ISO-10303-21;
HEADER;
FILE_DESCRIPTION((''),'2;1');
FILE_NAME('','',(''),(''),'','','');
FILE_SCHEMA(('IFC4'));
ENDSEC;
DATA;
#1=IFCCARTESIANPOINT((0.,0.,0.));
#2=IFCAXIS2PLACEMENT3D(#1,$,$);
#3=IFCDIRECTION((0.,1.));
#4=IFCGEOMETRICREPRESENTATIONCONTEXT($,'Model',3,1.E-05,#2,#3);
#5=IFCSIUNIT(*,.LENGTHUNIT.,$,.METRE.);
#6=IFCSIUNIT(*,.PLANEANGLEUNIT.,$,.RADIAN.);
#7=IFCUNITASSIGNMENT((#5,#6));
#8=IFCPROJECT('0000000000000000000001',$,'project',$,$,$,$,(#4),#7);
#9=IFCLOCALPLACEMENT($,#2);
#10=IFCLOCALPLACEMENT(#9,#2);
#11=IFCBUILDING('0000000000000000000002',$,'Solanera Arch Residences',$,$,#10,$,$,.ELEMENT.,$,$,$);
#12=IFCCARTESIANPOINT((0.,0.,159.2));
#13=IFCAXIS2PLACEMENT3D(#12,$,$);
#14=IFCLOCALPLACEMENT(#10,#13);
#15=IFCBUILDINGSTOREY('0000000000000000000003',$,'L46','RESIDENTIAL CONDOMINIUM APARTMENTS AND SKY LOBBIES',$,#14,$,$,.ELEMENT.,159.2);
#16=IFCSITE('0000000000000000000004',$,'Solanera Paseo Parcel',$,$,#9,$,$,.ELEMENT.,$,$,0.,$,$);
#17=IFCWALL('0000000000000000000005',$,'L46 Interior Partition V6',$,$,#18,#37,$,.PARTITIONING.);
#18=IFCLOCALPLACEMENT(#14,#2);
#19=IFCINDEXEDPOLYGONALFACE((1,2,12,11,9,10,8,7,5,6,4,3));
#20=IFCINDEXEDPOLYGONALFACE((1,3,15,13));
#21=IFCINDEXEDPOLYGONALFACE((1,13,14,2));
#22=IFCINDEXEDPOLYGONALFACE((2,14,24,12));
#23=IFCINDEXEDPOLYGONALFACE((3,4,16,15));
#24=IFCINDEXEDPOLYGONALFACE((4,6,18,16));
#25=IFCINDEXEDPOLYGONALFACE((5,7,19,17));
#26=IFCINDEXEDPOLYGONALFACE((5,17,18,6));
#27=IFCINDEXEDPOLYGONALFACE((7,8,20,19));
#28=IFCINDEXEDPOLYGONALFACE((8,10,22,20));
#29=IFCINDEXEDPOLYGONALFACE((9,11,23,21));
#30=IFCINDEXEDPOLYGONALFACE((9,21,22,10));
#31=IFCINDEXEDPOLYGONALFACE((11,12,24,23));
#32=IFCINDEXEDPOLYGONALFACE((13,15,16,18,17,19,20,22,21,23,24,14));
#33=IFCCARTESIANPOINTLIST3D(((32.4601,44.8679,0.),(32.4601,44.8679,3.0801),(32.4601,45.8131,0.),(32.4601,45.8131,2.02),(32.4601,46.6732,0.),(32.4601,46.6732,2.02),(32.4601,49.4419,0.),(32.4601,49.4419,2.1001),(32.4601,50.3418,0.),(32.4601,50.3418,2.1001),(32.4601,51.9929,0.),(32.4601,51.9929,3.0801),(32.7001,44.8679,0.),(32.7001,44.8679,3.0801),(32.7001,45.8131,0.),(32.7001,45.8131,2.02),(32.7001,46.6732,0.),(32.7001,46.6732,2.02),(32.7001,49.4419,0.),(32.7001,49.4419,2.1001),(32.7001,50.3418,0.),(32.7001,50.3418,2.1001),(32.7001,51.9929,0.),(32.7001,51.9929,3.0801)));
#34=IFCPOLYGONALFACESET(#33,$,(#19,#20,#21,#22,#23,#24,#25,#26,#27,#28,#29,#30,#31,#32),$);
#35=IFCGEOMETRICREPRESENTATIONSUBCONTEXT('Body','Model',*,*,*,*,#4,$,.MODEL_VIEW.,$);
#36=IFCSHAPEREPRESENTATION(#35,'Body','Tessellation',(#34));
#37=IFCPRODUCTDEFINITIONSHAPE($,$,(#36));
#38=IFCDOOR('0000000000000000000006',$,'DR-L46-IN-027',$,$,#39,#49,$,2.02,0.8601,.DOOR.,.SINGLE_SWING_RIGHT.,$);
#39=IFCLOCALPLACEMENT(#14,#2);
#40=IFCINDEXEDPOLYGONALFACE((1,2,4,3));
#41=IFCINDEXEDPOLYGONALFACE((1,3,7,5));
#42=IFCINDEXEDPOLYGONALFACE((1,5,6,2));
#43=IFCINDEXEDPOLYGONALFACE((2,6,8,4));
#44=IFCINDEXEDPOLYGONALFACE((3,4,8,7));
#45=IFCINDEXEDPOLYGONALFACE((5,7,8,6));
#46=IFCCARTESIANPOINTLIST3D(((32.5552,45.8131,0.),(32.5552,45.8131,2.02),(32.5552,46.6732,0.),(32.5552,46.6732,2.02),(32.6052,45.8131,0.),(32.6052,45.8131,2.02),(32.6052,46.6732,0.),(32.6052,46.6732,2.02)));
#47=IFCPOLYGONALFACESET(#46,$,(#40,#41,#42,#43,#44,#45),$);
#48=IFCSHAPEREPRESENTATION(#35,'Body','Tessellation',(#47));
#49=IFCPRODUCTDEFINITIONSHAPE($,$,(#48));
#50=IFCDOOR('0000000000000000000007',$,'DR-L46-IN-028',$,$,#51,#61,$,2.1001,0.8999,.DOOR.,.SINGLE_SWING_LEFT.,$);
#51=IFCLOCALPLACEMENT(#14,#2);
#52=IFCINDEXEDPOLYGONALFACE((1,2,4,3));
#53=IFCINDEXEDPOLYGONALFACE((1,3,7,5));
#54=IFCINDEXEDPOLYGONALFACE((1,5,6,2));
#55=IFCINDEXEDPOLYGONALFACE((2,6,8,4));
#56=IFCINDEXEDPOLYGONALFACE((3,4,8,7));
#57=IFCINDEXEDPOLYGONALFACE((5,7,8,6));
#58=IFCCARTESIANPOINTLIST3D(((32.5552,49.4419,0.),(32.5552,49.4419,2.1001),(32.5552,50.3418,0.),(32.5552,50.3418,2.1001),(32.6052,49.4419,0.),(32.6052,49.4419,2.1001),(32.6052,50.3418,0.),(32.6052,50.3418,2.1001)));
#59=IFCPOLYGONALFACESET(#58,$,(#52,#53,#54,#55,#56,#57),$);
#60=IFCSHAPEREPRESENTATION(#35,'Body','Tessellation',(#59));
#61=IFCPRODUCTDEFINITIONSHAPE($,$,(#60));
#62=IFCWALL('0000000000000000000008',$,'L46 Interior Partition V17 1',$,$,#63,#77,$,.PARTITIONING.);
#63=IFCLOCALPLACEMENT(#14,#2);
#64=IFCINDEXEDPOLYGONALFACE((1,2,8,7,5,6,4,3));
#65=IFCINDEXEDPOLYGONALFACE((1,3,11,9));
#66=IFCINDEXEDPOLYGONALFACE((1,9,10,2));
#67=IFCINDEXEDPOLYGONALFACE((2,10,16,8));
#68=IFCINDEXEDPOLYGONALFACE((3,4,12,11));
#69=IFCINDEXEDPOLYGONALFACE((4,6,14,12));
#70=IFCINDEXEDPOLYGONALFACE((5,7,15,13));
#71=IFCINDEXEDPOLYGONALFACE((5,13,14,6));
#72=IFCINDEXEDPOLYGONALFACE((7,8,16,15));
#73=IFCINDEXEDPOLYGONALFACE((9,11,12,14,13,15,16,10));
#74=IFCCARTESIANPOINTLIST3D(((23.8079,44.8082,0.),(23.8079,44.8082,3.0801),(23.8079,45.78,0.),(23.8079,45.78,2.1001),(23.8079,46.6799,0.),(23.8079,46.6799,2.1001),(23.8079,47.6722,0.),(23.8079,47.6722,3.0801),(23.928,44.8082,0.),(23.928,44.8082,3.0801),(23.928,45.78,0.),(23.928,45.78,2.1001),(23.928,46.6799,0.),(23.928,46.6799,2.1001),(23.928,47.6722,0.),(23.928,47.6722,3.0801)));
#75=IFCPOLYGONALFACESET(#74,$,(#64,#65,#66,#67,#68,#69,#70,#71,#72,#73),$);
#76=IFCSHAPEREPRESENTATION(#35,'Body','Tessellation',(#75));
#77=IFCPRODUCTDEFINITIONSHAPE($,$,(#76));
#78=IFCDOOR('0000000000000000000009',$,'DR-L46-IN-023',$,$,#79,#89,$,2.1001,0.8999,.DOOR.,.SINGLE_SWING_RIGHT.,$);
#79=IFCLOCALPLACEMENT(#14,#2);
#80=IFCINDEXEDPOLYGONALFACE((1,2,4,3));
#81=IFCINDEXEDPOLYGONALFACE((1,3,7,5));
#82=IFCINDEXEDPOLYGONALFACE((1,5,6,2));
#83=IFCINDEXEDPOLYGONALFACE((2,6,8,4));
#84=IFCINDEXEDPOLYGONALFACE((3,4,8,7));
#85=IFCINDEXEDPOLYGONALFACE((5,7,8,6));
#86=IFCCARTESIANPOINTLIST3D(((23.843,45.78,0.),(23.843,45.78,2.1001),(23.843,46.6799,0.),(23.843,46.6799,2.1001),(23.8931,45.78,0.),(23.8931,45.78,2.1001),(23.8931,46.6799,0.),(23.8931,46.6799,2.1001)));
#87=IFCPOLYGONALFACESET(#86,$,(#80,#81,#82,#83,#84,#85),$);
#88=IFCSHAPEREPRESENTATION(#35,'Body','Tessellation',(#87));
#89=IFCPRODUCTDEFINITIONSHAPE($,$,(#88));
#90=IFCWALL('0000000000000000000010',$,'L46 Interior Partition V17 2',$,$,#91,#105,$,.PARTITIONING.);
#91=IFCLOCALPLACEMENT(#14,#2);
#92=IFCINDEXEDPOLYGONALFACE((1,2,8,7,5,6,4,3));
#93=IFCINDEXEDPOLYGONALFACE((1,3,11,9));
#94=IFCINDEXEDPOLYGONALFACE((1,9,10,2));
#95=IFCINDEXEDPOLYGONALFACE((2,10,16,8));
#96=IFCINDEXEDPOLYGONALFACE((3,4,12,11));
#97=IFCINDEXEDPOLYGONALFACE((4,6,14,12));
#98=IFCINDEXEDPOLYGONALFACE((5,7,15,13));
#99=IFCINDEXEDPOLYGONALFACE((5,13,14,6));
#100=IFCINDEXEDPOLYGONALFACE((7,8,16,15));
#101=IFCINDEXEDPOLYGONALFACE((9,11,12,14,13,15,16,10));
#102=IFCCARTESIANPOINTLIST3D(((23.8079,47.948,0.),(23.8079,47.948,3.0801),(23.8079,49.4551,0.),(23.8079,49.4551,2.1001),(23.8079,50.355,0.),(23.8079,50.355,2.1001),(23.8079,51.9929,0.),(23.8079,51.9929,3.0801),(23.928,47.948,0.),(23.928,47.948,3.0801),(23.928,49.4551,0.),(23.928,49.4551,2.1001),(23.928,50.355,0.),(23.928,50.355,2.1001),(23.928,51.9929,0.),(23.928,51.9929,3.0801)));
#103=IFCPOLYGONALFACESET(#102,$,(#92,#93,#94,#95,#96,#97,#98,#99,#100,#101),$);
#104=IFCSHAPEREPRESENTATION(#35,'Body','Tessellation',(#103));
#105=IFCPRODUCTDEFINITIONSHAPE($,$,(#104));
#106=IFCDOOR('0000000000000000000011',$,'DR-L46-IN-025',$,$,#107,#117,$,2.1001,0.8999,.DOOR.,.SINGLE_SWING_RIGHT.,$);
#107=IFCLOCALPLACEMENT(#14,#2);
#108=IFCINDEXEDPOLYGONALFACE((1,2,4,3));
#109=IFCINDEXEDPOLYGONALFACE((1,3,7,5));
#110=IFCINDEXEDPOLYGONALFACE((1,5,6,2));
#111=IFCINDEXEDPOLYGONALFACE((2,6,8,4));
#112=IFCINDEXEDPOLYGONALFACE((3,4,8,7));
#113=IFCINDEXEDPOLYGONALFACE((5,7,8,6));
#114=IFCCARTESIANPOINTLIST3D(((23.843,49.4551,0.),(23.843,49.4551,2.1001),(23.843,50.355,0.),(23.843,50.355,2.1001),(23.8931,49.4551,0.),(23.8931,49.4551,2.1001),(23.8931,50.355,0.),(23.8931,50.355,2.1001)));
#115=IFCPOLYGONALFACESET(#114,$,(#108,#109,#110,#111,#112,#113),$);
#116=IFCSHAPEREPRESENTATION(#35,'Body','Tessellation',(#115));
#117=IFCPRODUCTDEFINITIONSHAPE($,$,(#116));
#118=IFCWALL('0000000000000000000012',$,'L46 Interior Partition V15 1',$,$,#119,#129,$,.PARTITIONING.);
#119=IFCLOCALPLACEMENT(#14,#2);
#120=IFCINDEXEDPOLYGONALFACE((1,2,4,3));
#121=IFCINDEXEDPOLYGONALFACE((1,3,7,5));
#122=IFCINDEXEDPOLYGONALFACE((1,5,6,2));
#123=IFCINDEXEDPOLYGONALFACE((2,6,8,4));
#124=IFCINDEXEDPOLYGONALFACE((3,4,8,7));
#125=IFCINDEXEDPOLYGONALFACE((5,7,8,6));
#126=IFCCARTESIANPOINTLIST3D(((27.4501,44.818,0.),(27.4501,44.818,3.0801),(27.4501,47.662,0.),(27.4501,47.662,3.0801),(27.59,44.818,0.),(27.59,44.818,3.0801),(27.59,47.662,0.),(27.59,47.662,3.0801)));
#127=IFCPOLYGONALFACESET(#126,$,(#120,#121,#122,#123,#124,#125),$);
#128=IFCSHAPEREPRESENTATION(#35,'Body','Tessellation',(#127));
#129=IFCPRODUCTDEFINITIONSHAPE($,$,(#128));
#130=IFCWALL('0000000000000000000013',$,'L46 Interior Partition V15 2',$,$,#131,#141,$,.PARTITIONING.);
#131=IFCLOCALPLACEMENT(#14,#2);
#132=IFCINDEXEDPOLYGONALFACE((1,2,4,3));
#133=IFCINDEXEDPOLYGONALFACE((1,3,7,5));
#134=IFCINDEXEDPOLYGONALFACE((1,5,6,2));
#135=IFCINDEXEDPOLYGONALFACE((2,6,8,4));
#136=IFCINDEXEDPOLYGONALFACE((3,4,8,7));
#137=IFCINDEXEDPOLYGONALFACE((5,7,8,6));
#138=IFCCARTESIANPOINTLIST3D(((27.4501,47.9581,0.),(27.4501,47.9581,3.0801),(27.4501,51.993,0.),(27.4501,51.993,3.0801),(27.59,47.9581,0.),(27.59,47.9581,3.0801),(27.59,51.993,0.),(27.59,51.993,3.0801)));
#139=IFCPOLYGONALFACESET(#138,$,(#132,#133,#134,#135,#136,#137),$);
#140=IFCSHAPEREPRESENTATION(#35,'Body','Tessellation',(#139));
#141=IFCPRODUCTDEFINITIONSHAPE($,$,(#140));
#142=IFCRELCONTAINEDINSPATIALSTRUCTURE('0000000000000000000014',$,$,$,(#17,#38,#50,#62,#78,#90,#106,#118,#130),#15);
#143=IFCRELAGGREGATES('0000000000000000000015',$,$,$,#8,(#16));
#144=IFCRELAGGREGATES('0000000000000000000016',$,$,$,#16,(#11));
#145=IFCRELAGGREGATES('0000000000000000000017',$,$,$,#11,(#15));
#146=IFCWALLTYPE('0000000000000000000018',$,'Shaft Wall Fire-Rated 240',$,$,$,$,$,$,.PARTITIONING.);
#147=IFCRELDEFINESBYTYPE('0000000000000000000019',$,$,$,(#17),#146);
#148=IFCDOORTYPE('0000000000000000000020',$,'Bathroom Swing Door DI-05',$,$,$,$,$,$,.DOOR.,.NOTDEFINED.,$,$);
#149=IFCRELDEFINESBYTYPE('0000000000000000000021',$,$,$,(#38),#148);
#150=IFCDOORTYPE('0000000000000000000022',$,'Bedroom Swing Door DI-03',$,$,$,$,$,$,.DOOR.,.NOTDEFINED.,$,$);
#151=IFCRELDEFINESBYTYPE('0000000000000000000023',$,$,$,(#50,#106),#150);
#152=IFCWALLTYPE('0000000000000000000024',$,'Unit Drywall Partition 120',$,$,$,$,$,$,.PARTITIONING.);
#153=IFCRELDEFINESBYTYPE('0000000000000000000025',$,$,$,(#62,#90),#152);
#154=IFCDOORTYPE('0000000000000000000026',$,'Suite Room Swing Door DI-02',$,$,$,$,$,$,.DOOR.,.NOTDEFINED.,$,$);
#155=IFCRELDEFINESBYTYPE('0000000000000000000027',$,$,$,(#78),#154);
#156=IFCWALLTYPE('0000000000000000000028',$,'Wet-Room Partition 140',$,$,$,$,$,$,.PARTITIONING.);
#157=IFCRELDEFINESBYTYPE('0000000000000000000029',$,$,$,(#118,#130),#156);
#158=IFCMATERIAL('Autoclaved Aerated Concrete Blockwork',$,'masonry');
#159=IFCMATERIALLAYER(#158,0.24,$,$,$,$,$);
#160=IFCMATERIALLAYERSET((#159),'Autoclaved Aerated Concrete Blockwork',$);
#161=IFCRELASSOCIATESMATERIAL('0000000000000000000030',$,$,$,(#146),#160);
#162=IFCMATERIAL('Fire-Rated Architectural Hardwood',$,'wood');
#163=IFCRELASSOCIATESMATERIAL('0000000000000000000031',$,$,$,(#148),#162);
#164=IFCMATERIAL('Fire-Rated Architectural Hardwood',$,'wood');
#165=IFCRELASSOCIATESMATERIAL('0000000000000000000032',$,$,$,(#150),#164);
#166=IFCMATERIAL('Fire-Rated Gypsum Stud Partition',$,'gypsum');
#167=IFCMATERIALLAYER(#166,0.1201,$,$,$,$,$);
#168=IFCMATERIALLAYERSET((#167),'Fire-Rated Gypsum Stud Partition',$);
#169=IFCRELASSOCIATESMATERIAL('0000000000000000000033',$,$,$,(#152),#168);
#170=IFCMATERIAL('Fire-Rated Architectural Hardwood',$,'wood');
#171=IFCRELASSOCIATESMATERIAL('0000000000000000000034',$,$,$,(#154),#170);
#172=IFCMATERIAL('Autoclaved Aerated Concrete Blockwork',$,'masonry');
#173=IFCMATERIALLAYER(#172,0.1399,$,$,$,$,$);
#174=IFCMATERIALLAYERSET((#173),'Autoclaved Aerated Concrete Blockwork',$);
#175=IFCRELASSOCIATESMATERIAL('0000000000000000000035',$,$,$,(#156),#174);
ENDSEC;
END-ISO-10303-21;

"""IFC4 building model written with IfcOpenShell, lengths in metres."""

from ifc_helpers import new_model, si_unit, direction, frame, frame_2d, origin, place, context, subcontext, project, spatial, rectangle, extrude, material, layer, layer_set, type_object, element, fill, save


model = new_model("IFC4")

# Units and contexts
model_context = context("Model", 3, precision=1e-05, world=origin(), true_north=direction((0.0, 1.0)))
body_context = subcontext(model_context, "Body", "Model", "MODEL_VIEW")
ifc_project = project(units=[si_unit("LENGTHUNIT", "METRE"), si_unit("PLANEANGLEUNIT", "RADIAN")], contexts=[model_context])

# Site, building, storey
site_placement = place(None, origin())
site = spatial("IfcSite", under=ifc_project, at=site_placement, Name="Solanera Paseo Parcel", CompositionType="ELEMENT", RefElevation=0.0)
building_placement = place(site_placement, origin())
building = spatial("IfcBuilding", under=site, at=building_placement, Name="Solanera Arch Residences", CompositionType="ELEMENT")
storey_placement = place(building_placement, frame((0.0, 0.0, 159.2)))
storey = spatial("IfcBuildingStorey", under=building, at=storey_placement, Name="L46", Description="RESIDENTIAL CONDOMINIUM APARTMENTS AND SKY LOBBIES", CompositionType="ELEMENT", Elevation=159.2)

# Wall, openings, doors
ifc_material_1 = material(Name="Autoclaved Aerated Concrete Blockwork", Category="masonry")
ifc_layer_1 = layer(ifc_material_1, 0.24)
ifc_layer_set_1 = layer_set([ifc_layer_1], Name="Autoclaved Aerated Concrete Blockwork")
wall_type_1 = type_object("IfcWallType", Name="Shaft Wall Fire-Rated 240", PredefinedType="PARTITIONING", material=ifc_layer_set_1)
wall_1_placement = place(storey_placement, frame((32.5801, 44.8679, 0.0), z_axis=(0.0, 0.0, 1.0), x_axis=(0.0, 1.0, 0.0)))
wall_1 = element("IfcWall", 1, at=wall_1_placement, inside=storey, type_object=wall_type_1, Name="L46 Interior Partition V6", PredefinedType="PARTITIONING", context=body_context, shape_type="SweptSolid", body=[
    extrude(rectangle(XDim=7.125, YDim=0.24, at=frame_2d((3.5625, 0.0))), origin(), (0.0, 0.0, 1.0), 3.0801),
])
opening_1_placement = place(wall_1_placement, frame((0.9451, 0.0, 0.0)))
opening_1 = element("IfcOpeningElement", 2, at=opening_1_placement, cuts=wall_1, PredefinedType="OPENING", context=body_context, shape_type="SweptSolid", body=[
    extrude(rectangle(XDim=0.8601, YDim=2.02, at=frame_2d((0.4302, 1.01))), frame((0.0, 0.1299, 0.0), z_axis=(0.0, -1.0, 0.0), x_axis=(1.0, 0.0, 0.0)), (0.0, 0.0, 1.0), 0.26),
])
opening_2_placement = place(wall_1_placement, frame((4.574, 0.0, 0.0)))
opening_2 = element("IfcOpeningElement", 3, at=opening_2_placement, cuts=wall_1, PredefinedType="OPENING", context=body_context, shape_type="SweptSolid", body=[
    extrude(rectangle(XDim=0.8999, YDim=2.1001, at=frame_2d((0.45, 1.05))), frame((0.0, 0.1299, 0.0), z_axis=(0.0, -1.0, 0.0), x_axis=(1.0, 0.0, 0.0)), (0.0, 0.0, 1.0), 0.26),
])
ifc_material_2 = material(Name="Fire-Rated Architectural Hardwood", Category="wood")
door_type_1 = type_object("IfcDoorType", Name="Bathroom Swing Door DI-05", OperationType="NOTDEFINED", PredefinedType="DOOR", material=ifc_material_2)
door_1_placement = place(opening_1_placement, origin())
door_1 = element("IfcDoor", 4, at=door_1_placement, inside=storey, type_object=door_type_1, Name="DR-L46-IN-027", OperationType="SINGLE_SWING_RIGHT", OverallHeight=2.02, OverallWidth=0.8601, PredefinedType="DOOR", context=body_context, shape_type="SweptSolid", body=[
    extrude(rectangle(XDim=0.8601, YDim=2.02, at=frame_2d((0.4302, 1.01))), frame((0.0, 0.0249, 0.0), z_axis=(0.0, -1.0, 0.0), x_axis=(1.0, 0.0, 0.0)), (0.0, 0.0, 1.0), 0.05),
])
fill(opening_1, door_1)
ifc_material_3 = material(Name="Fire-Rated Architectural Hardwood", Category="wood")
door_type_2 = type_object("IfcDoorType", Name="Bedroom Swing Door DI-03", OperationType="NOTDEFINED", PredefinedType="DOOR", material=ifc_material_3)
door_2_placement = place(opening_2_placement, origin())
door_2 = element("IfcDoor", 5, at=door_2_placement, inside=storey, type_object=door_type_2, Name="DR-L46-IN-028", OperationType="SINGLE_SWING_LEFT", OverallHeight=2.1001, OverallWidth=0.8999, PredefinedType="DOOR", context=body_context, shape_type="SweptSolid", body=[
    extrude(rectangle(XDim=0.8999, YDim=2.1001, at=frame_2d((0.45, 1.05))), frame((0.0, 0.0249, 0.0), z_axis=(0.0, -1.0, 0.0), x_axis=(1.0, 0.0, 0.0)), (0.0, 0.0, 1.0), 0.05),
])
fill(opening_2, door_2)

# Walls, openings, doors
ifc_material_4 = material(Name="Fire-Rated Gypsum Stud Partition", Category="gypsum")
ifc_layer_2 = layer(ifc_material_4, 0.1201)
ifc_layer_set_2 = layer_set([ifc_layer_2], Name="Fire-Rated Gypsum Stud Partition")
wall_type_2 = type_object("IfcWallType", Name="Unit Drywall Partition 120", PredefinedType="PARTITIONING", material=ifc_layer_set_2)
wall_2_placement = place(storey_placement, frame((23.8679, 44.8081, 0.0), z_axis=(0.0, 0.0, 1.0), x_axis=(0.0, 1.0, 0.0)))
wall_2 = element("IfcWall", 6, at=wall_2_placement, inside=storey, type_object=wall_type_2, Name="L46 Interior Partition V17 1", PredefinedType="PARTITIONING", context=body_context, shape_type="SweptSolid", body=[
    extrude(rectangle(XDim=2.864, YDim=0.1201, at=frame_2d((1.4321, 0.0))), origin(), (0.0, 0.0, 1.0), 3.0801),
])
opening_3_placement = place(wall_2_placement, frame((0.9719, 0.0, 0.0)))
opening_3 = element("IfcOpeningElement", 7, at=opening_3_placement, cuts=wall_2, PredefinedType="OPENING", context=body_context, shape_type="SweptSolid", body=[
    extrude(rectangle(XDim=0.8999, YDim=2.1001, at=frame_2d((0.45, 1.05))), frame((0.0, 0.0701, 0.0), z_axis=(0.0, -1.0, 0.0), x_axis=(1.0, 0.0, 0.0)), (0.0, 0.0, 1.0), 0.1401),
])
ifc_material_5 = material(Name="Fire-Rated Architectural Hardwood", Category="wood")
door_type_3 = type_object("IfcDoorType", Name="Suite Room Swing Door DI-02", OperationType="NOTDEFINED", PredefinedType="DOOR", material=ifc_material_5)
door_3_placement = place(opening_3_placement, origin())
door_3 = element("IfcDoor", 8, at=door_3_placement, inside=storey, type_object=door_type_3, Name="DR-L46-IN-023", OperationType="SINGLE_SWING_RIGHT", OverallHeight=2.1001, OverallWidth=0.8999, PredefinedType="DOOR", context=body_context, shape_type="SweptSolid", body=[
    extrude(rectangle(XDim=0.8999, YDim=2.1001, at=frame_2d((0.45, 1.05))), frame((0.0, 0.0249, 0.0), z_axis=(0.0, -1.0, 0.0), x_axis=(1.0, 0.0, 0.0)), (0.0, 0.0, 1.0), 0.05),
])
fill(opening_3, door_3)
wall_3_placement = place(storey_placement, frame((23.8679, 47.948, 0.0), z_axis=(0.0, 0.0, 1.0), x_axis=(0.0, 1.0, 0.0)))
wall_3 = element("IfcWall", 9, at=wall_3_placement, inside=storey, type_object=wall_type_2, Name="L46 Interior Partition V17 2", PredefinedType="PARTITIONING", context=body_context, shape_type="SweptSolid", body=[
    extrude(rectangle(XDim=4.0449, YDim=0.1201, at=frame_2d((2.0225, 0.0))), origin(), (0.0, 0.0, 1.0), 3.0801),
])
opening_4_placement = place(wall_3_placement, frame((1.5071, 0.0, 0.0)))
opening_4 = element("IfcOpeningElement", 10, at=opening_4_placement, cuts=wall_3, PredefinedType="OPENING", context=body_context, shape_type="SweptSolid", body=[
    extrude(rectangle(XDim=0.8999, YDim=2.1001, at=frame_2d((0.45, 1.05))), frame((0.0, 0.0701, 0.0), z_axis=(0.0, -1.0, 0.0), x_axis=(1.0, 0.0, 0.0)), (0.0, 0.0, 1.0), 0.1401),
])
door_4_placement = place(opening_4_placement, origin())
door_4 = element("IfcDoor", 11, at=door_4_placement, inside=storey, type_object=door_type_2, Name="DR-L46-IN-025", OperationType="SINGLE_SWING_RIGHT", OverallHeight=2.1001, OverallWidth=0.8999, PredefinedType="DOOR", context=body_context, shape_type="SweptSolid", body=[
    extrude(rectangle(XDim=0.8999, YDim=2.1001, at=frame_2d((0.45, 1.05))), frame((0.0, 0.0249, 0.0), z_axis=(0.0, -1.0, 0.0), x_axis=(1.0, 0.0, 0.0)), (0.0, 0.0, 1.0), 0.05),
])
fill(opening_4, door_4)

# Walls
ifc_material_6 = material(Name="Autoclaved Aerated Concrete Blockwork", Category="masonry")
ifc_layer_3 = layer(ifc_material_6, 0.1399)
ifc_layer_set_3 = layer_set([ifc_layer_3], Name="Autoclaved Aerated Concrete Blockwork")
wall_type_3 = type_object("IfcWallType", Name="Wet-Room Partition 140", PredefinedType="PARTITIONING", material=ifc_layer_set_3)
wall_4_placement = place(storey_placement, frame((27.52, 44.8181, 0.0), z_axis=(0.0, 0.0, 1.0), x_axis=(0.0, 1.0, 0.0)))
element("IfcWall", 12, at=wall_4_placement, inside=storey, type_object=wall_type_3, Name="L46 Interior Partition V15 1", PredefinedType="PARTITIONING", context=body_context, shape_type="SweptSolid", body=[
    extrude(rectangle(XDim=2.844, YDim=0.1399, at=frame_2d((1.4219, 0.0))), origin(), (0.0, 0.0, 1.0), 3.0801),
])
wall_5_placement = place(storey_placement, frame((27.52, 47.958, 0.0), z_axis=(0.0, 0.0, 1.0), x_axis=(0.0, 1.0, 0.0)))
element("IfcWall", 13, at=wall_5_placement, inside=storey, type_object=wall_type_3, Name="L46 Interior Partition V15 2", PredefinedType="PARTITIONING", context=body_context, shape_type="SweptSolid", body=[
    extrude(rectangle(XDim=4.0349, YDim=0.1399, at=frame_2d((2.0176, 0.0))), origin(), (0.0, 0.0, 1.0), 3.0801),
])

save(model, "model.ifc")
